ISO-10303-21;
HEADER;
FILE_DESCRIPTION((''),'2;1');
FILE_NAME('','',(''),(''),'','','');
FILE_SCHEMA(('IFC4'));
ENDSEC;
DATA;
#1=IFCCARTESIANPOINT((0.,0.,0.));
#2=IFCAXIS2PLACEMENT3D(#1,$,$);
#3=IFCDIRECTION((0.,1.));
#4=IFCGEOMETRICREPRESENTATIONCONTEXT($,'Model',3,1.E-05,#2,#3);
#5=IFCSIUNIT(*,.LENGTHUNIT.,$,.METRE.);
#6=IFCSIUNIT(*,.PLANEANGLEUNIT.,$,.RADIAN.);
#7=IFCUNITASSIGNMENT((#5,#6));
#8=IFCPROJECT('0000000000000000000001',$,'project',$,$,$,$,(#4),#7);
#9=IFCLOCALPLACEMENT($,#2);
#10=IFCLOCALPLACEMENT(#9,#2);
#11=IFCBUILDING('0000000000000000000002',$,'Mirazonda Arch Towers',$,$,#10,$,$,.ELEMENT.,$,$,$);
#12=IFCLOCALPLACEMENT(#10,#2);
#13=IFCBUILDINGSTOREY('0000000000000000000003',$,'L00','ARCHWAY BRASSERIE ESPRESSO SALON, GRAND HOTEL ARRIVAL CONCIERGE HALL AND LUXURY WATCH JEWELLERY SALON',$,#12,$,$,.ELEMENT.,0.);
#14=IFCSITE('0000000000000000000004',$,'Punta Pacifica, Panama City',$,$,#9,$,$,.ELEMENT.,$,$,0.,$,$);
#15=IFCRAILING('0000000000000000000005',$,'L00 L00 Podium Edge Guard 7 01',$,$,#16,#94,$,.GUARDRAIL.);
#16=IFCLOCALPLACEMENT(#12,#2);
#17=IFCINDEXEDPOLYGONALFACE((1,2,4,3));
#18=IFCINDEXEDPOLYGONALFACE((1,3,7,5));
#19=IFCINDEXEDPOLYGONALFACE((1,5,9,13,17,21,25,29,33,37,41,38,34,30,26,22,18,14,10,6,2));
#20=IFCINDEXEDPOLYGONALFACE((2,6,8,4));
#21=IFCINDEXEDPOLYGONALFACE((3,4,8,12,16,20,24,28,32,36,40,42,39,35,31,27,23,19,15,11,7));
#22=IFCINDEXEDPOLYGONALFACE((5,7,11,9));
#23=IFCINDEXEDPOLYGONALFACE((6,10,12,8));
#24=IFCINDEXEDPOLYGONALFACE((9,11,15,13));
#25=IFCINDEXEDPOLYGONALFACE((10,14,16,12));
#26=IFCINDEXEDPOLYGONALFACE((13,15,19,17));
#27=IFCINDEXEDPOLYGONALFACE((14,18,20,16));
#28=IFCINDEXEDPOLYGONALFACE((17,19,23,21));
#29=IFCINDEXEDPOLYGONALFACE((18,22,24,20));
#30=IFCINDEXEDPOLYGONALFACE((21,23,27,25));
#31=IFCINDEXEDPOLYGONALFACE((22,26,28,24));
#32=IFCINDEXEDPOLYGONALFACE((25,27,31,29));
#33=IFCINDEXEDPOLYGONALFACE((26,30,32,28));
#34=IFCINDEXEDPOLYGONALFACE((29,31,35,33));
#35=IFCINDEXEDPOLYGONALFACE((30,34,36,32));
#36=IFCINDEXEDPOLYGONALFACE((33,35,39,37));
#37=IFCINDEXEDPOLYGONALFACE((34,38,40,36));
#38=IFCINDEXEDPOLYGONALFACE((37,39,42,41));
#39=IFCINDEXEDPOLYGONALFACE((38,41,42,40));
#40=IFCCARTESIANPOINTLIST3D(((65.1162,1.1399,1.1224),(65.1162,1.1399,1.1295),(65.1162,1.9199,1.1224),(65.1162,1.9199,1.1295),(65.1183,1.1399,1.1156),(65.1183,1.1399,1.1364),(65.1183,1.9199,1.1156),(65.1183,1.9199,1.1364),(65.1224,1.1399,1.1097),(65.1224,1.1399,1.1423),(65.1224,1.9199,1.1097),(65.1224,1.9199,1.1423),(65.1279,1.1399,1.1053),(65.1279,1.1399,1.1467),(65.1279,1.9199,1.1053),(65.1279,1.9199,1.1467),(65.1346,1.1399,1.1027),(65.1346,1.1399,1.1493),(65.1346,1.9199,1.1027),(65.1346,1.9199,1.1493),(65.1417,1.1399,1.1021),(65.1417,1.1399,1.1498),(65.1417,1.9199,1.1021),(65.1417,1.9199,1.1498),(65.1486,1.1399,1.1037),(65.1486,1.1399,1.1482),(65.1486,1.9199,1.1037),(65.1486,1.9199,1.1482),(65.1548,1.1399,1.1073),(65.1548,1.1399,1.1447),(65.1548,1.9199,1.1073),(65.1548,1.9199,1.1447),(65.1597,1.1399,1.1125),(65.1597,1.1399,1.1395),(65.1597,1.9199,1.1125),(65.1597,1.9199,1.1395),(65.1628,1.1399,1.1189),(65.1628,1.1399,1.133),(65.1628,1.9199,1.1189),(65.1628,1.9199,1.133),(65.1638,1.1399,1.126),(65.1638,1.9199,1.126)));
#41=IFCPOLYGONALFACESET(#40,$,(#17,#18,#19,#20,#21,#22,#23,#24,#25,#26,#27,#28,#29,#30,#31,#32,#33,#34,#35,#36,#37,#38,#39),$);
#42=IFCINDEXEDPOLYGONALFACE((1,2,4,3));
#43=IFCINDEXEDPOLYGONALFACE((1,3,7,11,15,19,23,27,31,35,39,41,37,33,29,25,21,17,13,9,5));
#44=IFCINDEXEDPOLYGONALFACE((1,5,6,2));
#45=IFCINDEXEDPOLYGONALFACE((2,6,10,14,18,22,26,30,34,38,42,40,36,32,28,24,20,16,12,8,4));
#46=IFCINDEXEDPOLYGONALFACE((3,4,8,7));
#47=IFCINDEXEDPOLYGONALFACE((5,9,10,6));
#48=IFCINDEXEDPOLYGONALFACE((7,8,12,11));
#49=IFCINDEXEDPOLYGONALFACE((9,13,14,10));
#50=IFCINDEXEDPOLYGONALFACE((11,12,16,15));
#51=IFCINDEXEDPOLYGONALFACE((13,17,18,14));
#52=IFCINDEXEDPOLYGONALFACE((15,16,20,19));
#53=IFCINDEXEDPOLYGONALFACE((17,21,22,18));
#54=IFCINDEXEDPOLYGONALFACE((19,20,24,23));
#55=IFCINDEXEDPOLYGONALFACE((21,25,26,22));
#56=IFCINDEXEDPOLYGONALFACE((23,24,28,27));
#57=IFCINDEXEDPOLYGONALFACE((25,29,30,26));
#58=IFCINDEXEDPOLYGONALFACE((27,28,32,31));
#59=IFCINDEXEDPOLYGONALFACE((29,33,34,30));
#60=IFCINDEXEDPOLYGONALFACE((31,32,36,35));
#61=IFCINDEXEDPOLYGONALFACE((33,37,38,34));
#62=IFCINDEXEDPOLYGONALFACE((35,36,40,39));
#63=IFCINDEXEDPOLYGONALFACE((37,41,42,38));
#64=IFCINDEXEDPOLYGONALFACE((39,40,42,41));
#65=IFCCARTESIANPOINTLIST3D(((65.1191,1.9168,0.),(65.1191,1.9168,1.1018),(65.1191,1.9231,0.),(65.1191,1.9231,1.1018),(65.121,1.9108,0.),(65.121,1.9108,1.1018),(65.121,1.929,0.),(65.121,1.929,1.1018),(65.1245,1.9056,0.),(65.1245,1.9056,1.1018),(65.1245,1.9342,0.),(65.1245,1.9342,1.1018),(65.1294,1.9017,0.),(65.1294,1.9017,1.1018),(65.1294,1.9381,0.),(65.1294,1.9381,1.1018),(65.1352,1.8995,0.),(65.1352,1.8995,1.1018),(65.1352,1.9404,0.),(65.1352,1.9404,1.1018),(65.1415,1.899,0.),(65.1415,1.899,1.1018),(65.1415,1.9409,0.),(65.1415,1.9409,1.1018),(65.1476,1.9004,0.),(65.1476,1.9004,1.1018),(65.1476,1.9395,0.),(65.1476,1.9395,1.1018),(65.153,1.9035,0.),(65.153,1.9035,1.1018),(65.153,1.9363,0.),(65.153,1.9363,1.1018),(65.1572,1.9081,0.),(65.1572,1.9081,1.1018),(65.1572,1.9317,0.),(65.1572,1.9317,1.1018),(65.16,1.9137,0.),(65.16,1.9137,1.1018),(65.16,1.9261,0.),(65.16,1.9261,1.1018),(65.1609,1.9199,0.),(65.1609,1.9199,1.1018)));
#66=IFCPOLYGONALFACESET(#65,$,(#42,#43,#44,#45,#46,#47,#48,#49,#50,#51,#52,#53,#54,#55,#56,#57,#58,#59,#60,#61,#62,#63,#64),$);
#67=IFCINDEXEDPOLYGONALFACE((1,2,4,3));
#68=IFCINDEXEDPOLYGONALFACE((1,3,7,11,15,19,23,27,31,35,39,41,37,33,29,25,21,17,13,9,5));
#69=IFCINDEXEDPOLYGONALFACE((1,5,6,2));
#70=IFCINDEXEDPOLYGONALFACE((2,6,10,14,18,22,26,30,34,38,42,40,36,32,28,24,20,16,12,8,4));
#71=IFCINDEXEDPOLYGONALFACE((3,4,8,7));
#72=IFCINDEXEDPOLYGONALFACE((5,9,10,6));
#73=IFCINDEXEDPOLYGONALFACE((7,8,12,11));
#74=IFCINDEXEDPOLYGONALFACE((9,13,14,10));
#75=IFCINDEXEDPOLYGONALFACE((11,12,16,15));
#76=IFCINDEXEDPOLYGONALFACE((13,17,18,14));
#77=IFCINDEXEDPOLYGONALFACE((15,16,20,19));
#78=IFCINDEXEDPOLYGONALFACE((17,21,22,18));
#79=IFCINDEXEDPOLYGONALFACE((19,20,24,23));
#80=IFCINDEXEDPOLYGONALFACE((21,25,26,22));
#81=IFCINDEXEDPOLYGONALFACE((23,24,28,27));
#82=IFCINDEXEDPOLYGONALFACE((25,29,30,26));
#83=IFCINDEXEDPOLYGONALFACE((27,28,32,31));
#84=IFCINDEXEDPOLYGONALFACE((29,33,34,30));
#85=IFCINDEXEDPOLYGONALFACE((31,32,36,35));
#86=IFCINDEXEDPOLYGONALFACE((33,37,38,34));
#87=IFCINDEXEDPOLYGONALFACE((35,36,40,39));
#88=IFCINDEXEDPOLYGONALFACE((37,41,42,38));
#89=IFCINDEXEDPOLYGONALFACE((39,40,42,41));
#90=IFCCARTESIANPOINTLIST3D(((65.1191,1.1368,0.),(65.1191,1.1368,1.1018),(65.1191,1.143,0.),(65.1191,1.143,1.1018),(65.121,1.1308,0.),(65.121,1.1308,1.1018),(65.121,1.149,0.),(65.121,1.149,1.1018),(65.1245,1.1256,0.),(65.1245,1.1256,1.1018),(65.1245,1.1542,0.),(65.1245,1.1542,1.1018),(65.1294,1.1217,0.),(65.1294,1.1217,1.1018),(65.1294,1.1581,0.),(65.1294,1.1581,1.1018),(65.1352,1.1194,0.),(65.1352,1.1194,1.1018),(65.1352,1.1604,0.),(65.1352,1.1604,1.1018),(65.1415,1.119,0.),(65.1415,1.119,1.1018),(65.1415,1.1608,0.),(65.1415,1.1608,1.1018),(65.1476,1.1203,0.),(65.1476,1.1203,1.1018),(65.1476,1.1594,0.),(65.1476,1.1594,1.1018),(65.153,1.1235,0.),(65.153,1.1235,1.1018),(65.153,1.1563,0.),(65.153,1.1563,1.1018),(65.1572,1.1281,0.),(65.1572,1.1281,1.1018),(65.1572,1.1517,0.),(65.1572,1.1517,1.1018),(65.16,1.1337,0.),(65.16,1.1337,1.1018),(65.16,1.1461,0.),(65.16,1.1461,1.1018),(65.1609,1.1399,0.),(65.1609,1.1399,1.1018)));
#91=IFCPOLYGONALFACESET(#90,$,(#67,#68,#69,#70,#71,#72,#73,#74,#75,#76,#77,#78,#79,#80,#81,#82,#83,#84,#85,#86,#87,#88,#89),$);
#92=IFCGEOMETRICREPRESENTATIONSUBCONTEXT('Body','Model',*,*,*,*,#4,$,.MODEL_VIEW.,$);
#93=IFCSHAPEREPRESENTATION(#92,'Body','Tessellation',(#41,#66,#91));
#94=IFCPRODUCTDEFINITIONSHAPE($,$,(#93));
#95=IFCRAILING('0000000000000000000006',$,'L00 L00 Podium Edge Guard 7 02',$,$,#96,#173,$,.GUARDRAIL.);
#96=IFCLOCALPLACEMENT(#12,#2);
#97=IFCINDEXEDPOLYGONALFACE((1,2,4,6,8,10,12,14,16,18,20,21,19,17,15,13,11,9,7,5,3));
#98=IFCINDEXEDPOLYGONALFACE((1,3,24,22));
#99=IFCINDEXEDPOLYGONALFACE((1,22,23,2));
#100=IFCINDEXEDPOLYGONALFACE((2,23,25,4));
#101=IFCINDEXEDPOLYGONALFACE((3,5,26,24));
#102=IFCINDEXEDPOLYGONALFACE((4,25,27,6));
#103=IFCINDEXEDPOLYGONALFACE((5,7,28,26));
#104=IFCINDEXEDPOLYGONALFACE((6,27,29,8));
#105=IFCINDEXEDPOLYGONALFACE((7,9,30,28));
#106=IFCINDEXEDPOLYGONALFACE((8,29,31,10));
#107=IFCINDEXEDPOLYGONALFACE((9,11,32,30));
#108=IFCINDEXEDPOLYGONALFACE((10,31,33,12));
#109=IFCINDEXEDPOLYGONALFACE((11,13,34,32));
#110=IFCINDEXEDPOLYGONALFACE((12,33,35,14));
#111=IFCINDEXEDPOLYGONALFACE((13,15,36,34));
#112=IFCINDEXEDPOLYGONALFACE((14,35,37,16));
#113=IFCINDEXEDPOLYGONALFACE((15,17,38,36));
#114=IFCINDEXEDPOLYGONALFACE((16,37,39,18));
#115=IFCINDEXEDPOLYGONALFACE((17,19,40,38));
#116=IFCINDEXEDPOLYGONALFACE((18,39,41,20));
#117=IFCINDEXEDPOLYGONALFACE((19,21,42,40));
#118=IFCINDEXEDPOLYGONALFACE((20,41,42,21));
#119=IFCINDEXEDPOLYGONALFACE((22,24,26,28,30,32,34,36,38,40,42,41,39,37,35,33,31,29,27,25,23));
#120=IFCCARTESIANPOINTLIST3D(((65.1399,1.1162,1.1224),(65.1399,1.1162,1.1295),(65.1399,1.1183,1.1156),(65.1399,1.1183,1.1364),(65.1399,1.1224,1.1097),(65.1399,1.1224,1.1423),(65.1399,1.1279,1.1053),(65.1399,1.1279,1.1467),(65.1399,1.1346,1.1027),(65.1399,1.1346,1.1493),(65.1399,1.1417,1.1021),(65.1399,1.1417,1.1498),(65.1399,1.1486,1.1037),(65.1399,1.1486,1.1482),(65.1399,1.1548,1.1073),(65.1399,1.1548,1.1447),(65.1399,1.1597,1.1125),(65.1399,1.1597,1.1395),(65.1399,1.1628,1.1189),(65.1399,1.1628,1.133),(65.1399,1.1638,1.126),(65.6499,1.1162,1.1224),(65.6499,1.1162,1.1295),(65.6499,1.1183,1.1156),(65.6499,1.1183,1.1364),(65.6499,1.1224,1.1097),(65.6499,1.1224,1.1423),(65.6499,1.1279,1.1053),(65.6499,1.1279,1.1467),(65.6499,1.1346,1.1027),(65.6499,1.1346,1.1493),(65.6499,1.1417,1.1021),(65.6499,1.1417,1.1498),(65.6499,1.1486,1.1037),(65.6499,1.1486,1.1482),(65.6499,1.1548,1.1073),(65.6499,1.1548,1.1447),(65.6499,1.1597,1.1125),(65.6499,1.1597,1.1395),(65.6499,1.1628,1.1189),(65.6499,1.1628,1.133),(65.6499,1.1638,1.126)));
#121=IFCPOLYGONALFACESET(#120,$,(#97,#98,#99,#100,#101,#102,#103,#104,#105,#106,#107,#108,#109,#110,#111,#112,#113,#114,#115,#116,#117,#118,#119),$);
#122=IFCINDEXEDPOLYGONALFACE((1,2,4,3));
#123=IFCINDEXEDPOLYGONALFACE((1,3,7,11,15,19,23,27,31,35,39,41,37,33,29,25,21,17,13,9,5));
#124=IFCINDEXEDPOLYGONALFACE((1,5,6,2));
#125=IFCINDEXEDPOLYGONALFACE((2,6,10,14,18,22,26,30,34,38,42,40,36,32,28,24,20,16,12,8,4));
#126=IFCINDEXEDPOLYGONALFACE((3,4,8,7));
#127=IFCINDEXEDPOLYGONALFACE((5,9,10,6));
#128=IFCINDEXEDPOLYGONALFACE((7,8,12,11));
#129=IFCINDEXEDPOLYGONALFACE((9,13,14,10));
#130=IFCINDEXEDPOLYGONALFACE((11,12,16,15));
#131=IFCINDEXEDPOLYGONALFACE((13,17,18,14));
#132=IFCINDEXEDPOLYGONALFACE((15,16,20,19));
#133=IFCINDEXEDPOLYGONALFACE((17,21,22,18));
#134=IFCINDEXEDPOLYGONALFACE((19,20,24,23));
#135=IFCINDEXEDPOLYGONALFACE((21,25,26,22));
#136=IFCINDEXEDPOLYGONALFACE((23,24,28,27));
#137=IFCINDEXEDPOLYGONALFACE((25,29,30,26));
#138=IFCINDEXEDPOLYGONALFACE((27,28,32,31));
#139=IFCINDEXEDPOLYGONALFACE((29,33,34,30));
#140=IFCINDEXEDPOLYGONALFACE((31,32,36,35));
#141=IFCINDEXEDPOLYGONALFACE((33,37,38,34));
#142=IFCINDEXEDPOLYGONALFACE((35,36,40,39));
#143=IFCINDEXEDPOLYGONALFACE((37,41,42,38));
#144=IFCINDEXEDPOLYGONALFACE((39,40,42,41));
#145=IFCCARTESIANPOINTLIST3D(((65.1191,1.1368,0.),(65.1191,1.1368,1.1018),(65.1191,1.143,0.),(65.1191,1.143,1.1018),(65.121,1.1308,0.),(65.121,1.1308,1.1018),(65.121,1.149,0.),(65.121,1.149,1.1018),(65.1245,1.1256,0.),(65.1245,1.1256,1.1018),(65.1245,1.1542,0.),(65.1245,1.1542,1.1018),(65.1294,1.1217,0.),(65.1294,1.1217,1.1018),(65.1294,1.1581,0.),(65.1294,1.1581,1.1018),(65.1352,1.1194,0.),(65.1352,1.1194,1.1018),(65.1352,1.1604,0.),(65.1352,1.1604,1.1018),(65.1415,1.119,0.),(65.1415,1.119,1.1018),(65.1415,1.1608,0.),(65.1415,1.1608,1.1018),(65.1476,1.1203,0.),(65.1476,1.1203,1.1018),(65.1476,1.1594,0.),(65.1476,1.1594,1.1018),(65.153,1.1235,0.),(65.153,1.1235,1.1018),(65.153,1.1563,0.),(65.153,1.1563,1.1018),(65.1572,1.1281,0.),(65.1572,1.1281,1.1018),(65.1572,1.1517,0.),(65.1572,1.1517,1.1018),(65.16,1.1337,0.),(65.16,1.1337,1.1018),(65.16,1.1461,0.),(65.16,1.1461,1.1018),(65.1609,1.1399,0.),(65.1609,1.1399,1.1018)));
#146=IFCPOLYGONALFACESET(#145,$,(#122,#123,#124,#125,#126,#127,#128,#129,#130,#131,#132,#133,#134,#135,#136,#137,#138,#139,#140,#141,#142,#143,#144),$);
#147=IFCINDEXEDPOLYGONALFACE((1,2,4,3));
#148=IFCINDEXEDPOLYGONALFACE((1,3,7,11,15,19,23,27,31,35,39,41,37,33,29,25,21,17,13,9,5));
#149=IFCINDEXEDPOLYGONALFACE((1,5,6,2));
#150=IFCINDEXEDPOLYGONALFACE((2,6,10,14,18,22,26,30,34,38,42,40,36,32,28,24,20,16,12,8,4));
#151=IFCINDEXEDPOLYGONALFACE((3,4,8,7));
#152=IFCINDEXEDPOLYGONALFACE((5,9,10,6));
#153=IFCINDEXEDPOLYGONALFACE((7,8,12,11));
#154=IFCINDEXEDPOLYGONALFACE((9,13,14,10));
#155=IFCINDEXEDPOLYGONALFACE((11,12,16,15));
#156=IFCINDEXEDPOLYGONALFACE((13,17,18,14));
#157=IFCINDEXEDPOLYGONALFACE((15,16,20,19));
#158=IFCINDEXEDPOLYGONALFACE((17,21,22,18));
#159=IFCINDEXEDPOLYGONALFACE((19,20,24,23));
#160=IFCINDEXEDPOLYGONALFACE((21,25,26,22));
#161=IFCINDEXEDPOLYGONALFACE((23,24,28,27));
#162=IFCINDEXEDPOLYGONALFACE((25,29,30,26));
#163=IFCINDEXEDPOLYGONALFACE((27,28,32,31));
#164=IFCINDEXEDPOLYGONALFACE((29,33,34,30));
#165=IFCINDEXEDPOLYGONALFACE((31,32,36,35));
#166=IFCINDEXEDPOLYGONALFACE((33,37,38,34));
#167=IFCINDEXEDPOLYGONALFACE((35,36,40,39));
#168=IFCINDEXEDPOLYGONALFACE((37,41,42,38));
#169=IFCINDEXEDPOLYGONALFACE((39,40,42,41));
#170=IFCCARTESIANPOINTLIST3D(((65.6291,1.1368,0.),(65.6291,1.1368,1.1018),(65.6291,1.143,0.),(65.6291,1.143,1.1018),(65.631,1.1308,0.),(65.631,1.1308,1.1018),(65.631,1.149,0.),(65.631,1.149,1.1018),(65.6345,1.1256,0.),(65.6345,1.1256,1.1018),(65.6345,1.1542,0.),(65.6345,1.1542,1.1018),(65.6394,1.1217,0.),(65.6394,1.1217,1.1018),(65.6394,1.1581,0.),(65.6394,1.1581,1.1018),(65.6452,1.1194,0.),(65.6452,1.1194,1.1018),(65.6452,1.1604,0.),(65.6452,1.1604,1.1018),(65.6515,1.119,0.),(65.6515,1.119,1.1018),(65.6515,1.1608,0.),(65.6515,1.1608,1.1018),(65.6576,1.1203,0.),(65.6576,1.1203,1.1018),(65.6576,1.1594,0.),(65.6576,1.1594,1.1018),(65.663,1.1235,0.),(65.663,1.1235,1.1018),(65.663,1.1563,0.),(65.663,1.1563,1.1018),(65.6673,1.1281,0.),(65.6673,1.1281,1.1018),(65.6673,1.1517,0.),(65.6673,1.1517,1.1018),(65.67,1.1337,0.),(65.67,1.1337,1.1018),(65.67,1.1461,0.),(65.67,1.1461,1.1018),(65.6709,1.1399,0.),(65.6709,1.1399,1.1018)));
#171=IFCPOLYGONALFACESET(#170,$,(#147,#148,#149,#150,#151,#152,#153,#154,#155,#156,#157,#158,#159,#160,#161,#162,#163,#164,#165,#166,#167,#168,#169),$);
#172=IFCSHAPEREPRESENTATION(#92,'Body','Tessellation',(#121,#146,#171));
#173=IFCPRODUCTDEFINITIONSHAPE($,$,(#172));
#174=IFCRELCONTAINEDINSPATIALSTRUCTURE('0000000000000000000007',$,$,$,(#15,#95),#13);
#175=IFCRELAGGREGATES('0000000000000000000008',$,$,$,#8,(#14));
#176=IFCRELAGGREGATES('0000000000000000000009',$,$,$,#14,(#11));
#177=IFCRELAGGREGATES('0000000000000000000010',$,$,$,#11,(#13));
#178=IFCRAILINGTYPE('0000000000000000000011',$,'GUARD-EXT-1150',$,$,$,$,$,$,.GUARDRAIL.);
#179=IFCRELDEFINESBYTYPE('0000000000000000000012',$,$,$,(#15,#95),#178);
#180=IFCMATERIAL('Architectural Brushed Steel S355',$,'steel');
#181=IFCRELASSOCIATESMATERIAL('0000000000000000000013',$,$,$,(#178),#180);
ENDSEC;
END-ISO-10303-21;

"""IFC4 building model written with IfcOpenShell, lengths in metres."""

from ifc_helpers import new_model, si_unit, direction, frame, origin, origin_2d, place, context, subcontext, project, spatial, circle, extrude, material, type_object, element, save


model = new_model("IFC4")

# Units and contexts
model_context = context("Model", 3, precision=1e-05, world=origin(), true_north=direction((0.0, 1.0)))
body_context = subcontext(model_context, "Body", "Model", "MODEL_VIEW")
ifc_project = project(units=[si_unit("LENGTHUNIT", "METRE"), si_unit("PLANEANGLEUNIT", "RADIAN")], contexts=[model_context])

# Site, building, storey
site_placement = place(None, origin())
site = spatial("IfcSite", under=ifc_project, at=site_placement, Name="Punta Pacifica, Panama City", CompositionType="ELEMENT", RefElevation=0.0)
building_placement = place(site_placement, origin())
building = spatial("IfcBuilding", under=site, at=building_placement, Name="Mirazonda Arch Towers", CompositionType="ELEMENT")
storey_placement = place(building_placement, origin())
storey = spatial("IfcBuildingStorey", under=building, at=storey_placement, Name="L00", Description="ARCHWAY BRASSERIE ESPRESSO SALON, GRAND HOTEL ARRIVAL CONCIERGE HALL AND LUXURY WATCH JEWELLERY SALON", CompositionType="ELEMENT", Elevation=0.0)

# Shared definitions
ifc_material_1 = material(Name="Architectural Brushed Steel S355", Category="steel")

# Railings
railing_type = type_object("IfcRailingType", Name="GUARD-EXT-1150", PredefinedType="GUARDRAIL", material=ifc_material_1)
railing_1_placement = place(storey_placement, frame((65.1399, 1.9199, 0.0)))
element("IfcRailing", 1, at=railing_1_placement, inside=storey, type_object=railing_type, Name="L00 L00 Podium Edge Guard 7 01", PredefinedType="GUARDRAIL", context=body_context, shape_type="SweptSolid", body=[
    extrude(circle(Radius=0.0239, at=origin_2d()), frame((0.0, 0.0, 1.126), z_axis=(0.0, -1.0, 0.0), x_axis=(1.0, 0.0, 0.0)), (0.0, 0.0, 1.0), 0.78),
    extrude(circle(Radius=0.021, at=origin_2d()), origin(), (0.0, 0.0, 1.0), 1.1018),
    extrude(circle(Radius=0.021, at=origin_2d()), frame((0.0, -0.78, 0.0)), (0.0, 0.0, 1.0), 1.1018),
])
railing_2_placement = place(storey_placement, frame((65.1399, 1.1399, 0.0)))
element("IfcRailing", 2, at=railing_2_placement, inside=storey, type_object=railing_type, Name="L00 L00 Podium Edge Guard 7 02", PredefinedType="GUARDRAIL", context=body_context, shape_type="SweptSolid", body=[
    extrude(circle(Radius=0.0239, at=origin_2d()), frame((0.0, 0.0, 1.126), z_axis=(1.0, 0.0, 0.0), x_axis=(0.0, 1.0, 0.0)), (0.0, 0.0, 1.0), 0.51),
    extrude(circle(Radius=0.021, at=origin_2d()), origin(), (0.0, 0.0, 1.0), 1.1018),
    extrude(circle(Radius=0.021, at=origin_2d()), frame((0.51, 0.0, 0.0)), (0.0, 0.0, 1.0), 1.1018),
])

save(model, "model.ifc")
